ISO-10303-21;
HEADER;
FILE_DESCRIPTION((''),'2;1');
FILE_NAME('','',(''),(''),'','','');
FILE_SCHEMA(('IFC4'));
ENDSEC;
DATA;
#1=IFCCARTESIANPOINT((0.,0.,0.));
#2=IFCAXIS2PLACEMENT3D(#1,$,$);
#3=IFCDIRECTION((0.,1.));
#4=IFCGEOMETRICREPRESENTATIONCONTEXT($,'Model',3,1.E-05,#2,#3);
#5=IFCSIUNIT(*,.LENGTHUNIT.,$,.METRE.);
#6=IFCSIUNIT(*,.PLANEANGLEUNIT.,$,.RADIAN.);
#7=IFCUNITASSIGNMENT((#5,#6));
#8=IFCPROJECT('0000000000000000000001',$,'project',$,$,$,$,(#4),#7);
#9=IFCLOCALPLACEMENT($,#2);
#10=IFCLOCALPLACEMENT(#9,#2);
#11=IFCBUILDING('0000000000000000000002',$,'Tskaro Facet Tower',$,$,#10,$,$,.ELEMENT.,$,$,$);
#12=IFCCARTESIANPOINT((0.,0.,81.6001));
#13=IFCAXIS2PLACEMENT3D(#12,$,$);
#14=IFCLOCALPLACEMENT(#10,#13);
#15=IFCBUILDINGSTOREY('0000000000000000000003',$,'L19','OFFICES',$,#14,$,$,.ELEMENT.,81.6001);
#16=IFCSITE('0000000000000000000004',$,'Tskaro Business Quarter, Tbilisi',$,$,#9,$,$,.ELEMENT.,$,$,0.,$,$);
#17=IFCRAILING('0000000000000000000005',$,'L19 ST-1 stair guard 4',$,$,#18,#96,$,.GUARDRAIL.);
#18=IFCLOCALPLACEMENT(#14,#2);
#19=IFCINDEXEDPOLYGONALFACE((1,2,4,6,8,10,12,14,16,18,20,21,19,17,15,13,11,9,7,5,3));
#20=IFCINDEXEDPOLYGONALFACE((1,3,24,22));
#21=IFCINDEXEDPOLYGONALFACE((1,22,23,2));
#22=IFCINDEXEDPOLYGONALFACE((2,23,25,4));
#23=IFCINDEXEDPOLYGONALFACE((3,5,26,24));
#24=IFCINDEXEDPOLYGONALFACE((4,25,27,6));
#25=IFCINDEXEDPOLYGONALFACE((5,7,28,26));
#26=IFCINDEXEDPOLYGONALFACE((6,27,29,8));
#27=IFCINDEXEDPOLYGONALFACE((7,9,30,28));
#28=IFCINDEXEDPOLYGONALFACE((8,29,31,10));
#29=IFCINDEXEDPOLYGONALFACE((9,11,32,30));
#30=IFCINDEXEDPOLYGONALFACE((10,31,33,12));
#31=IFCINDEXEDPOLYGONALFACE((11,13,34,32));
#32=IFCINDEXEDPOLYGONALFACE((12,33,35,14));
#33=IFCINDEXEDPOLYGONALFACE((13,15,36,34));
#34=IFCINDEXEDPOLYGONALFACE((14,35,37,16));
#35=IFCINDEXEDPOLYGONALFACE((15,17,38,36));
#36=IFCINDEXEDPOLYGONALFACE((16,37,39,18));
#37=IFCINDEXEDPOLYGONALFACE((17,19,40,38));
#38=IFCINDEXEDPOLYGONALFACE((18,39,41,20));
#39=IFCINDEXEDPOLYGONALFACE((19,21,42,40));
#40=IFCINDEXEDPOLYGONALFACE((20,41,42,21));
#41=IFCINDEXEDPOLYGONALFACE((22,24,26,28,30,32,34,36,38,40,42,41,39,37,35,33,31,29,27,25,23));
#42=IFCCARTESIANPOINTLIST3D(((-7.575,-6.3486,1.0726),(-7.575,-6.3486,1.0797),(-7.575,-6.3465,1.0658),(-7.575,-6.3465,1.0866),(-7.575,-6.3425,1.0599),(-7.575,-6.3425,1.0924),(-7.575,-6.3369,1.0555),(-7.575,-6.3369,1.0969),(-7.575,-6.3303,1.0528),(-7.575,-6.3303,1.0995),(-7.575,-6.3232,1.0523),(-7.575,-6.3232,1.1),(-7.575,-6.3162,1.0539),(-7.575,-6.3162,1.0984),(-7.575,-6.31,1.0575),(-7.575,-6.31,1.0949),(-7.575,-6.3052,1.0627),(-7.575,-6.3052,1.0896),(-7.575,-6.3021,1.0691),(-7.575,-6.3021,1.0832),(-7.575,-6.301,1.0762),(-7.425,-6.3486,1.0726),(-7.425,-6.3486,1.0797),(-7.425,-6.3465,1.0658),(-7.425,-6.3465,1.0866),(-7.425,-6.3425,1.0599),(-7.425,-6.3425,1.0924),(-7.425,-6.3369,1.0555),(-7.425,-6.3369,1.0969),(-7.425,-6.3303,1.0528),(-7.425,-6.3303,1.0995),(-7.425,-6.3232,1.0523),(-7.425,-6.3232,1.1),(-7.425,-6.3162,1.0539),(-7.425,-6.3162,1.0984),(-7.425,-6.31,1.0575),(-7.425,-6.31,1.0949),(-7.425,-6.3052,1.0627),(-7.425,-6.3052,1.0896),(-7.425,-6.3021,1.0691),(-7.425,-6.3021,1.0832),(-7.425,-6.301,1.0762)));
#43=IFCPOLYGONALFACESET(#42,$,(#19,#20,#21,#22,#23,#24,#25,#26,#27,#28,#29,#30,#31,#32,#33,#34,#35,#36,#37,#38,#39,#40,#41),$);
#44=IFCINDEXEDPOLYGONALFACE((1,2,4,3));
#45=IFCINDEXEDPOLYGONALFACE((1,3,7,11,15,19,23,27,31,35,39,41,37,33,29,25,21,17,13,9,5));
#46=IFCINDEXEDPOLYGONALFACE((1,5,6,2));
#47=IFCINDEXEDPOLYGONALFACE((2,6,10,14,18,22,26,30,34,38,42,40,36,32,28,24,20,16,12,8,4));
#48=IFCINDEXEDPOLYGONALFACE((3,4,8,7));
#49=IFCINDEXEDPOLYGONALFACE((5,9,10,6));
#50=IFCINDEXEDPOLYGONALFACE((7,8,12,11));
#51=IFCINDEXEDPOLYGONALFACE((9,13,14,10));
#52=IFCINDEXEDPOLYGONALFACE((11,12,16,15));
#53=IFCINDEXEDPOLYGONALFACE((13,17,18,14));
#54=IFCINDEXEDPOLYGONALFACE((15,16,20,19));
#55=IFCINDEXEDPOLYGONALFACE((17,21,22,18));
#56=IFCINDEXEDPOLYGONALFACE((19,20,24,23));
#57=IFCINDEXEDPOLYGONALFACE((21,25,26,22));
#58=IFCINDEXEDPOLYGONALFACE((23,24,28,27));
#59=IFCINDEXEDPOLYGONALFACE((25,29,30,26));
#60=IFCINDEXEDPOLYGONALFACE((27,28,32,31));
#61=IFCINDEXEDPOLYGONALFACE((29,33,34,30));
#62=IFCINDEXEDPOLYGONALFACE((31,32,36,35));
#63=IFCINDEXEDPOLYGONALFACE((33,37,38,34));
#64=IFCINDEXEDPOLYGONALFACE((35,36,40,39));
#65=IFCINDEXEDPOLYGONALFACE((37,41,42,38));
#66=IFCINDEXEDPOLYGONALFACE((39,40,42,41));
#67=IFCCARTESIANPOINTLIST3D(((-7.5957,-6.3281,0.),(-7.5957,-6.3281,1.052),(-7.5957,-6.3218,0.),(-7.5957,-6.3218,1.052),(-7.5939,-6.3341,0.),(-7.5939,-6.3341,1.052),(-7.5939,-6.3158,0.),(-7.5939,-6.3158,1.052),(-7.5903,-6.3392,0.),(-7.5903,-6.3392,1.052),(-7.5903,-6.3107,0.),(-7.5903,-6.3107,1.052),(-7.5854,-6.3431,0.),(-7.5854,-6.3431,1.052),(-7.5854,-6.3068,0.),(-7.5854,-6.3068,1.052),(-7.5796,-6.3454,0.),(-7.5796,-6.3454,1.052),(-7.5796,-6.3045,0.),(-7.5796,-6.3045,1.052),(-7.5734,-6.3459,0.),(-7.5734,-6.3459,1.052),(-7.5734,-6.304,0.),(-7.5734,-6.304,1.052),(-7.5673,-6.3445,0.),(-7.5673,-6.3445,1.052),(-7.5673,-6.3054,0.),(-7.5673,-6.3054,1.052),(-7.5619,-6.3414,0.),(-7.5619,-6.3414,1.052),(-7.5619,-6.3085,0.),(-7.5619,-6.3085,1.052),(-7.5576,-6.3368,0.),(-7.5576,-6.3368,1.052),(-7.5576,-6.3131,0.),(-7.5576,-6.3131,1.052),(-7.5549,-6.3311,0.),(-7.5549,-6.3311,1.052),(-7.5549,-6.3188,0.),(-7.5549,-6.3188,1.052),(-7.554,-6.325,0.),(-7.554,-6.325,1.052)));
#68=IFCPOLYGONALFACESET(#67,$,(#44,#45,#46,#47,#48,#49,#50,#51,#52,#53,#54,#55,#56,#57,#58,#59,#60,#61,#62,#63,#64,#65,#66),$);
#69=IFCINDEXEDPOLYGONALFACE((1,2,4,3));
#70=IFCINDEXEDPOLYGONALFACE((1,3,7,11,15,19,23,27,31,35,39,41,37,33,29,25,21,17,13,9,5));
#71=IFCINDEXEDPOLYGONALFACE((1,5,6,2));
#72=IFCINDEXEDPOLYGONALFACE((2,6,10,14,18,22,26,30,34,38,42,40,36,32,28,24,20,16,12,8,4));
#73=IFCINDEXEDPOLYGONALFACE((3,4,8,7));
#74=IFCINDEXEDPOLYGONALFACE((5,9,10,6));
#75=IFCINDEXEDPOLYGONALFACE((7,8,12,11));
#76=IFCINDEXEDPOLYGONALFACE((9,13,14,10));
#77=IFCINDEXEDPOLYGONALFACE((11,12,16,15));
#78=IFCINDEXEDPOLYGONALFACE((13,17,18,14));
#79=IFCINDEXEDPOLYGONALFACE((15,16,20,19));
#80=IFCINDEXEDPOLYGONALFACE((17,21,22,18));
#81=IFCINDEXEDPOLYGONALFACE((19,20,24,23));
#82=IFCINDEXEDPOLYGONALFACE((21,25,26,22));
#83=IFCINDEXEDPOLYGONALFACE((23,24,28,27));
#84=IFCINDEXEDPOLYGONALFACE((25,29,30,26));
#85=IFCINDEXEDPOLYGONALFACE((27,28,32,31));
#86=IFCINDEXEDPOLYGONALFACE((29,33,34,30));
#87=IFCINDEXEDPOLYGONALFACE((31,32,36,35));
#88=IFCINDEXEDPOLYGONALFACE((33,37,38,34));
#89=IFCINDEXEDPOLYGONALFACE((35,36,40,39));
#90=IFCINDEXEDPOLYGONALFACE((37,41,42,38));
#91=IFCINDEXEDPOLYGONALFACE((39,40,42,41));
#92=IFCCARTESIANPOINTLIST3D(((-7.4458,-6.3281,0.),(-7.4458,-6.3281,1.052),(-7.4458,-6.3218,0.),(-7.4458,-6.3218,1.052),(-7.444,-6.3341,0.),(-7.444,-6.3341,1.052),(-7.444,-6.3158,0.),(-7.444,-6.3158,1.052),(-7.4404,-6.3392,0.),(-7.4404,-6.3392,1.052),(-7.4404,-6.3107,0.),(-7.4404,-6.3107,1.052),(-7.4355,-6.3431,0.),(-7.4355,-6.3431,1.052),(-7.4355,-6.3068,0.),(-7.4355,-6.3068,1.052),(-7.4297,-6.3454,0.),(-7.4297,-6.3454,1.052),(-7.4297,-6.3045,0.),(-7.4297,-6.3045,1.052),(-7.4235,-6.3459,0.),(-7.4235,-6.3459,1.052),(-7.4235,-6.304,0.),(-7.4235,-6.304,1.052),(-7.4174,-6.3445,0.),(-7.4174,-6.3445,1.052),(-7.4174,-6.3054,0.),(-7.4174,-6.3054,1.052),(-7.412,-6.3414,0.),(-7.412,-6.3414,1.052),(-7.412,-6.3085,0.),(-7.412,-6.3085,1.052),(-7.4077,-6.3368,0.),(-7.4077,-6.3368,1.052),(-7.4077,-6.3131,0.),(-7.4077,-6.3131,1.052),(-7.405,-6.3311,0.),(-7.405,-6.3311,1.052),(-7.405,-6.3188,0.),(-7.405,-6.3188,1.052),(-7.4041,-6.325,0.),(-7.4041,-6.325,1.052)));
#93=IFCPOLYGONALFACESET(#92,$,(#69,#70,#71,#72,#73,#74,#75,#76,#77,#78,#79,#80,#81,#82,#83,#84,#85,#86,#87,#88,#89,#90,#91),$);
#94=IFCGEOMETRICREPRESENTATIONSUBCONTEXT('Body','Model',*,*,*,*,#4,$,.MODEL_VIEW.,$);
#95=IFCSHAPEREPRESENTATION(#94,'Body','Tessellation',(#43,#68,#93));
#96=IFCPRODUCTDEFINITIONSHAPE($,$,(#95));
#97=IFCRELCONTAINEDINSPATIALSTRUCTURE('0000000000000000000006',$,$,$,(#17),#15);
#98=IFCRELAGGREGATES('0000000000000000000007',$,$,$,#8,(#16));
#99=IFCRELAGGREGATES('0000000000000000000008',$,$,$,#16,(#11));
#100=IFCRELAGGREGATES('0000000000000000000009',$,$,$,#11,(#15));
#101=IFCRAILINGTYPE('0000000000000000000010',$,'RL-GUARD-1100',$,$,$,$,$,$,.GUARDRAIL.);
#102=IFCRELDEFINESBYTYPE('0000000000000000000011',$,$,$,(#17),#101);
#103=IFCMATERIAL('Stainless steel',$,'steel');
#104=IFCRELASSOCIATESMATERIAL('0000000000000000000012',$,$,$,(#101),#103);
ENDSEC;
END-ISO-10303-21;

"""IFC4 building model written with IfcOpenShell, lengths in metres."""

from ifc_helpers import new_model, si_unit, direction, frame, origin, origin_2d, place, context, subcontext, project, spatial, circle, extrude, material, type_object, element, save


model = new_model("IFC4")

# Units and contexts
model_context = context("Model", 3, precision=1e-05, world=origin(), true_north=direction((0.0, 1.0)))
body_context = subcontext(model_context, "Body", "Model", "MODEL_VIEW")
ifc_project = project(units=[si_unit("LENGTHUNIT", "METRE"), si_unit("PLANEANGLEUNIT", "RADIAN")], contexts=[model_context])

# Site, building, storey
site_placement = place(None, origin())
site = spatial("IfcSite", under=ifc_project, at=site_placement, Name="Tskaro Business Quarter, Tbilisi", CompositionType="ELEMENT", RefElevation=0.0)
building_placement = place(site_placement, origin())
building = spatial("IfcBuilding", under=site, at=building_placement, Name="Tskaro Facet Tower", CompositionType="ELEMENT")
storey_placement = place(building_placement, frame((0.0, 0.0, 81.6001)))
storey = spatial("IfcBuildingStorey", under=building, at=storey_placement, Name="L19", Description="OFFICES", CompositionType="ELEMENT", Elevation=81.6001)

# Shared definitions
ifc_material_1 = material(Name="Stainless steel", Category="steel")

# Railing
railing_type_1 = type_object("IfcRailingType", Name="RL-GUARD-1100", PredefinedType="GUARDRAIL", material=ifc_material_1)
railing_1_placement = place(storey_placement, frame((-7.575, -6.325, 0.0)))
element("IfcRailing", 1, at=railing_1_placement, inside=storey, type_object=railing_type_1, Name="L19 ST-1 stair guard 4", PredefinedType="GUARDRAIL", context=body_context, shape_type="SweptSolid", body=[
    extrude(circle(Radius=0.0239, at=origin_2d()), frame((0.0, 0.0, 1.0762), z_axis=(1.0, 0.0, 0.0), x_axis=(0.0, 1.0, 0.0)), (0.0, 0.0, 1.0), 0.1499),
    extrude(circle(Radius=0.021, at=origin_2d()), origin(), (0.0, 0.0, 1.0), 1.052),
    extrude(circle(Radius=0.021, at=origin_2d()), frame((0.1499, 0.0, 0.0)), (0.0, 0.0, 1.0), 1.052),
])

save(model, "model.ifc")
